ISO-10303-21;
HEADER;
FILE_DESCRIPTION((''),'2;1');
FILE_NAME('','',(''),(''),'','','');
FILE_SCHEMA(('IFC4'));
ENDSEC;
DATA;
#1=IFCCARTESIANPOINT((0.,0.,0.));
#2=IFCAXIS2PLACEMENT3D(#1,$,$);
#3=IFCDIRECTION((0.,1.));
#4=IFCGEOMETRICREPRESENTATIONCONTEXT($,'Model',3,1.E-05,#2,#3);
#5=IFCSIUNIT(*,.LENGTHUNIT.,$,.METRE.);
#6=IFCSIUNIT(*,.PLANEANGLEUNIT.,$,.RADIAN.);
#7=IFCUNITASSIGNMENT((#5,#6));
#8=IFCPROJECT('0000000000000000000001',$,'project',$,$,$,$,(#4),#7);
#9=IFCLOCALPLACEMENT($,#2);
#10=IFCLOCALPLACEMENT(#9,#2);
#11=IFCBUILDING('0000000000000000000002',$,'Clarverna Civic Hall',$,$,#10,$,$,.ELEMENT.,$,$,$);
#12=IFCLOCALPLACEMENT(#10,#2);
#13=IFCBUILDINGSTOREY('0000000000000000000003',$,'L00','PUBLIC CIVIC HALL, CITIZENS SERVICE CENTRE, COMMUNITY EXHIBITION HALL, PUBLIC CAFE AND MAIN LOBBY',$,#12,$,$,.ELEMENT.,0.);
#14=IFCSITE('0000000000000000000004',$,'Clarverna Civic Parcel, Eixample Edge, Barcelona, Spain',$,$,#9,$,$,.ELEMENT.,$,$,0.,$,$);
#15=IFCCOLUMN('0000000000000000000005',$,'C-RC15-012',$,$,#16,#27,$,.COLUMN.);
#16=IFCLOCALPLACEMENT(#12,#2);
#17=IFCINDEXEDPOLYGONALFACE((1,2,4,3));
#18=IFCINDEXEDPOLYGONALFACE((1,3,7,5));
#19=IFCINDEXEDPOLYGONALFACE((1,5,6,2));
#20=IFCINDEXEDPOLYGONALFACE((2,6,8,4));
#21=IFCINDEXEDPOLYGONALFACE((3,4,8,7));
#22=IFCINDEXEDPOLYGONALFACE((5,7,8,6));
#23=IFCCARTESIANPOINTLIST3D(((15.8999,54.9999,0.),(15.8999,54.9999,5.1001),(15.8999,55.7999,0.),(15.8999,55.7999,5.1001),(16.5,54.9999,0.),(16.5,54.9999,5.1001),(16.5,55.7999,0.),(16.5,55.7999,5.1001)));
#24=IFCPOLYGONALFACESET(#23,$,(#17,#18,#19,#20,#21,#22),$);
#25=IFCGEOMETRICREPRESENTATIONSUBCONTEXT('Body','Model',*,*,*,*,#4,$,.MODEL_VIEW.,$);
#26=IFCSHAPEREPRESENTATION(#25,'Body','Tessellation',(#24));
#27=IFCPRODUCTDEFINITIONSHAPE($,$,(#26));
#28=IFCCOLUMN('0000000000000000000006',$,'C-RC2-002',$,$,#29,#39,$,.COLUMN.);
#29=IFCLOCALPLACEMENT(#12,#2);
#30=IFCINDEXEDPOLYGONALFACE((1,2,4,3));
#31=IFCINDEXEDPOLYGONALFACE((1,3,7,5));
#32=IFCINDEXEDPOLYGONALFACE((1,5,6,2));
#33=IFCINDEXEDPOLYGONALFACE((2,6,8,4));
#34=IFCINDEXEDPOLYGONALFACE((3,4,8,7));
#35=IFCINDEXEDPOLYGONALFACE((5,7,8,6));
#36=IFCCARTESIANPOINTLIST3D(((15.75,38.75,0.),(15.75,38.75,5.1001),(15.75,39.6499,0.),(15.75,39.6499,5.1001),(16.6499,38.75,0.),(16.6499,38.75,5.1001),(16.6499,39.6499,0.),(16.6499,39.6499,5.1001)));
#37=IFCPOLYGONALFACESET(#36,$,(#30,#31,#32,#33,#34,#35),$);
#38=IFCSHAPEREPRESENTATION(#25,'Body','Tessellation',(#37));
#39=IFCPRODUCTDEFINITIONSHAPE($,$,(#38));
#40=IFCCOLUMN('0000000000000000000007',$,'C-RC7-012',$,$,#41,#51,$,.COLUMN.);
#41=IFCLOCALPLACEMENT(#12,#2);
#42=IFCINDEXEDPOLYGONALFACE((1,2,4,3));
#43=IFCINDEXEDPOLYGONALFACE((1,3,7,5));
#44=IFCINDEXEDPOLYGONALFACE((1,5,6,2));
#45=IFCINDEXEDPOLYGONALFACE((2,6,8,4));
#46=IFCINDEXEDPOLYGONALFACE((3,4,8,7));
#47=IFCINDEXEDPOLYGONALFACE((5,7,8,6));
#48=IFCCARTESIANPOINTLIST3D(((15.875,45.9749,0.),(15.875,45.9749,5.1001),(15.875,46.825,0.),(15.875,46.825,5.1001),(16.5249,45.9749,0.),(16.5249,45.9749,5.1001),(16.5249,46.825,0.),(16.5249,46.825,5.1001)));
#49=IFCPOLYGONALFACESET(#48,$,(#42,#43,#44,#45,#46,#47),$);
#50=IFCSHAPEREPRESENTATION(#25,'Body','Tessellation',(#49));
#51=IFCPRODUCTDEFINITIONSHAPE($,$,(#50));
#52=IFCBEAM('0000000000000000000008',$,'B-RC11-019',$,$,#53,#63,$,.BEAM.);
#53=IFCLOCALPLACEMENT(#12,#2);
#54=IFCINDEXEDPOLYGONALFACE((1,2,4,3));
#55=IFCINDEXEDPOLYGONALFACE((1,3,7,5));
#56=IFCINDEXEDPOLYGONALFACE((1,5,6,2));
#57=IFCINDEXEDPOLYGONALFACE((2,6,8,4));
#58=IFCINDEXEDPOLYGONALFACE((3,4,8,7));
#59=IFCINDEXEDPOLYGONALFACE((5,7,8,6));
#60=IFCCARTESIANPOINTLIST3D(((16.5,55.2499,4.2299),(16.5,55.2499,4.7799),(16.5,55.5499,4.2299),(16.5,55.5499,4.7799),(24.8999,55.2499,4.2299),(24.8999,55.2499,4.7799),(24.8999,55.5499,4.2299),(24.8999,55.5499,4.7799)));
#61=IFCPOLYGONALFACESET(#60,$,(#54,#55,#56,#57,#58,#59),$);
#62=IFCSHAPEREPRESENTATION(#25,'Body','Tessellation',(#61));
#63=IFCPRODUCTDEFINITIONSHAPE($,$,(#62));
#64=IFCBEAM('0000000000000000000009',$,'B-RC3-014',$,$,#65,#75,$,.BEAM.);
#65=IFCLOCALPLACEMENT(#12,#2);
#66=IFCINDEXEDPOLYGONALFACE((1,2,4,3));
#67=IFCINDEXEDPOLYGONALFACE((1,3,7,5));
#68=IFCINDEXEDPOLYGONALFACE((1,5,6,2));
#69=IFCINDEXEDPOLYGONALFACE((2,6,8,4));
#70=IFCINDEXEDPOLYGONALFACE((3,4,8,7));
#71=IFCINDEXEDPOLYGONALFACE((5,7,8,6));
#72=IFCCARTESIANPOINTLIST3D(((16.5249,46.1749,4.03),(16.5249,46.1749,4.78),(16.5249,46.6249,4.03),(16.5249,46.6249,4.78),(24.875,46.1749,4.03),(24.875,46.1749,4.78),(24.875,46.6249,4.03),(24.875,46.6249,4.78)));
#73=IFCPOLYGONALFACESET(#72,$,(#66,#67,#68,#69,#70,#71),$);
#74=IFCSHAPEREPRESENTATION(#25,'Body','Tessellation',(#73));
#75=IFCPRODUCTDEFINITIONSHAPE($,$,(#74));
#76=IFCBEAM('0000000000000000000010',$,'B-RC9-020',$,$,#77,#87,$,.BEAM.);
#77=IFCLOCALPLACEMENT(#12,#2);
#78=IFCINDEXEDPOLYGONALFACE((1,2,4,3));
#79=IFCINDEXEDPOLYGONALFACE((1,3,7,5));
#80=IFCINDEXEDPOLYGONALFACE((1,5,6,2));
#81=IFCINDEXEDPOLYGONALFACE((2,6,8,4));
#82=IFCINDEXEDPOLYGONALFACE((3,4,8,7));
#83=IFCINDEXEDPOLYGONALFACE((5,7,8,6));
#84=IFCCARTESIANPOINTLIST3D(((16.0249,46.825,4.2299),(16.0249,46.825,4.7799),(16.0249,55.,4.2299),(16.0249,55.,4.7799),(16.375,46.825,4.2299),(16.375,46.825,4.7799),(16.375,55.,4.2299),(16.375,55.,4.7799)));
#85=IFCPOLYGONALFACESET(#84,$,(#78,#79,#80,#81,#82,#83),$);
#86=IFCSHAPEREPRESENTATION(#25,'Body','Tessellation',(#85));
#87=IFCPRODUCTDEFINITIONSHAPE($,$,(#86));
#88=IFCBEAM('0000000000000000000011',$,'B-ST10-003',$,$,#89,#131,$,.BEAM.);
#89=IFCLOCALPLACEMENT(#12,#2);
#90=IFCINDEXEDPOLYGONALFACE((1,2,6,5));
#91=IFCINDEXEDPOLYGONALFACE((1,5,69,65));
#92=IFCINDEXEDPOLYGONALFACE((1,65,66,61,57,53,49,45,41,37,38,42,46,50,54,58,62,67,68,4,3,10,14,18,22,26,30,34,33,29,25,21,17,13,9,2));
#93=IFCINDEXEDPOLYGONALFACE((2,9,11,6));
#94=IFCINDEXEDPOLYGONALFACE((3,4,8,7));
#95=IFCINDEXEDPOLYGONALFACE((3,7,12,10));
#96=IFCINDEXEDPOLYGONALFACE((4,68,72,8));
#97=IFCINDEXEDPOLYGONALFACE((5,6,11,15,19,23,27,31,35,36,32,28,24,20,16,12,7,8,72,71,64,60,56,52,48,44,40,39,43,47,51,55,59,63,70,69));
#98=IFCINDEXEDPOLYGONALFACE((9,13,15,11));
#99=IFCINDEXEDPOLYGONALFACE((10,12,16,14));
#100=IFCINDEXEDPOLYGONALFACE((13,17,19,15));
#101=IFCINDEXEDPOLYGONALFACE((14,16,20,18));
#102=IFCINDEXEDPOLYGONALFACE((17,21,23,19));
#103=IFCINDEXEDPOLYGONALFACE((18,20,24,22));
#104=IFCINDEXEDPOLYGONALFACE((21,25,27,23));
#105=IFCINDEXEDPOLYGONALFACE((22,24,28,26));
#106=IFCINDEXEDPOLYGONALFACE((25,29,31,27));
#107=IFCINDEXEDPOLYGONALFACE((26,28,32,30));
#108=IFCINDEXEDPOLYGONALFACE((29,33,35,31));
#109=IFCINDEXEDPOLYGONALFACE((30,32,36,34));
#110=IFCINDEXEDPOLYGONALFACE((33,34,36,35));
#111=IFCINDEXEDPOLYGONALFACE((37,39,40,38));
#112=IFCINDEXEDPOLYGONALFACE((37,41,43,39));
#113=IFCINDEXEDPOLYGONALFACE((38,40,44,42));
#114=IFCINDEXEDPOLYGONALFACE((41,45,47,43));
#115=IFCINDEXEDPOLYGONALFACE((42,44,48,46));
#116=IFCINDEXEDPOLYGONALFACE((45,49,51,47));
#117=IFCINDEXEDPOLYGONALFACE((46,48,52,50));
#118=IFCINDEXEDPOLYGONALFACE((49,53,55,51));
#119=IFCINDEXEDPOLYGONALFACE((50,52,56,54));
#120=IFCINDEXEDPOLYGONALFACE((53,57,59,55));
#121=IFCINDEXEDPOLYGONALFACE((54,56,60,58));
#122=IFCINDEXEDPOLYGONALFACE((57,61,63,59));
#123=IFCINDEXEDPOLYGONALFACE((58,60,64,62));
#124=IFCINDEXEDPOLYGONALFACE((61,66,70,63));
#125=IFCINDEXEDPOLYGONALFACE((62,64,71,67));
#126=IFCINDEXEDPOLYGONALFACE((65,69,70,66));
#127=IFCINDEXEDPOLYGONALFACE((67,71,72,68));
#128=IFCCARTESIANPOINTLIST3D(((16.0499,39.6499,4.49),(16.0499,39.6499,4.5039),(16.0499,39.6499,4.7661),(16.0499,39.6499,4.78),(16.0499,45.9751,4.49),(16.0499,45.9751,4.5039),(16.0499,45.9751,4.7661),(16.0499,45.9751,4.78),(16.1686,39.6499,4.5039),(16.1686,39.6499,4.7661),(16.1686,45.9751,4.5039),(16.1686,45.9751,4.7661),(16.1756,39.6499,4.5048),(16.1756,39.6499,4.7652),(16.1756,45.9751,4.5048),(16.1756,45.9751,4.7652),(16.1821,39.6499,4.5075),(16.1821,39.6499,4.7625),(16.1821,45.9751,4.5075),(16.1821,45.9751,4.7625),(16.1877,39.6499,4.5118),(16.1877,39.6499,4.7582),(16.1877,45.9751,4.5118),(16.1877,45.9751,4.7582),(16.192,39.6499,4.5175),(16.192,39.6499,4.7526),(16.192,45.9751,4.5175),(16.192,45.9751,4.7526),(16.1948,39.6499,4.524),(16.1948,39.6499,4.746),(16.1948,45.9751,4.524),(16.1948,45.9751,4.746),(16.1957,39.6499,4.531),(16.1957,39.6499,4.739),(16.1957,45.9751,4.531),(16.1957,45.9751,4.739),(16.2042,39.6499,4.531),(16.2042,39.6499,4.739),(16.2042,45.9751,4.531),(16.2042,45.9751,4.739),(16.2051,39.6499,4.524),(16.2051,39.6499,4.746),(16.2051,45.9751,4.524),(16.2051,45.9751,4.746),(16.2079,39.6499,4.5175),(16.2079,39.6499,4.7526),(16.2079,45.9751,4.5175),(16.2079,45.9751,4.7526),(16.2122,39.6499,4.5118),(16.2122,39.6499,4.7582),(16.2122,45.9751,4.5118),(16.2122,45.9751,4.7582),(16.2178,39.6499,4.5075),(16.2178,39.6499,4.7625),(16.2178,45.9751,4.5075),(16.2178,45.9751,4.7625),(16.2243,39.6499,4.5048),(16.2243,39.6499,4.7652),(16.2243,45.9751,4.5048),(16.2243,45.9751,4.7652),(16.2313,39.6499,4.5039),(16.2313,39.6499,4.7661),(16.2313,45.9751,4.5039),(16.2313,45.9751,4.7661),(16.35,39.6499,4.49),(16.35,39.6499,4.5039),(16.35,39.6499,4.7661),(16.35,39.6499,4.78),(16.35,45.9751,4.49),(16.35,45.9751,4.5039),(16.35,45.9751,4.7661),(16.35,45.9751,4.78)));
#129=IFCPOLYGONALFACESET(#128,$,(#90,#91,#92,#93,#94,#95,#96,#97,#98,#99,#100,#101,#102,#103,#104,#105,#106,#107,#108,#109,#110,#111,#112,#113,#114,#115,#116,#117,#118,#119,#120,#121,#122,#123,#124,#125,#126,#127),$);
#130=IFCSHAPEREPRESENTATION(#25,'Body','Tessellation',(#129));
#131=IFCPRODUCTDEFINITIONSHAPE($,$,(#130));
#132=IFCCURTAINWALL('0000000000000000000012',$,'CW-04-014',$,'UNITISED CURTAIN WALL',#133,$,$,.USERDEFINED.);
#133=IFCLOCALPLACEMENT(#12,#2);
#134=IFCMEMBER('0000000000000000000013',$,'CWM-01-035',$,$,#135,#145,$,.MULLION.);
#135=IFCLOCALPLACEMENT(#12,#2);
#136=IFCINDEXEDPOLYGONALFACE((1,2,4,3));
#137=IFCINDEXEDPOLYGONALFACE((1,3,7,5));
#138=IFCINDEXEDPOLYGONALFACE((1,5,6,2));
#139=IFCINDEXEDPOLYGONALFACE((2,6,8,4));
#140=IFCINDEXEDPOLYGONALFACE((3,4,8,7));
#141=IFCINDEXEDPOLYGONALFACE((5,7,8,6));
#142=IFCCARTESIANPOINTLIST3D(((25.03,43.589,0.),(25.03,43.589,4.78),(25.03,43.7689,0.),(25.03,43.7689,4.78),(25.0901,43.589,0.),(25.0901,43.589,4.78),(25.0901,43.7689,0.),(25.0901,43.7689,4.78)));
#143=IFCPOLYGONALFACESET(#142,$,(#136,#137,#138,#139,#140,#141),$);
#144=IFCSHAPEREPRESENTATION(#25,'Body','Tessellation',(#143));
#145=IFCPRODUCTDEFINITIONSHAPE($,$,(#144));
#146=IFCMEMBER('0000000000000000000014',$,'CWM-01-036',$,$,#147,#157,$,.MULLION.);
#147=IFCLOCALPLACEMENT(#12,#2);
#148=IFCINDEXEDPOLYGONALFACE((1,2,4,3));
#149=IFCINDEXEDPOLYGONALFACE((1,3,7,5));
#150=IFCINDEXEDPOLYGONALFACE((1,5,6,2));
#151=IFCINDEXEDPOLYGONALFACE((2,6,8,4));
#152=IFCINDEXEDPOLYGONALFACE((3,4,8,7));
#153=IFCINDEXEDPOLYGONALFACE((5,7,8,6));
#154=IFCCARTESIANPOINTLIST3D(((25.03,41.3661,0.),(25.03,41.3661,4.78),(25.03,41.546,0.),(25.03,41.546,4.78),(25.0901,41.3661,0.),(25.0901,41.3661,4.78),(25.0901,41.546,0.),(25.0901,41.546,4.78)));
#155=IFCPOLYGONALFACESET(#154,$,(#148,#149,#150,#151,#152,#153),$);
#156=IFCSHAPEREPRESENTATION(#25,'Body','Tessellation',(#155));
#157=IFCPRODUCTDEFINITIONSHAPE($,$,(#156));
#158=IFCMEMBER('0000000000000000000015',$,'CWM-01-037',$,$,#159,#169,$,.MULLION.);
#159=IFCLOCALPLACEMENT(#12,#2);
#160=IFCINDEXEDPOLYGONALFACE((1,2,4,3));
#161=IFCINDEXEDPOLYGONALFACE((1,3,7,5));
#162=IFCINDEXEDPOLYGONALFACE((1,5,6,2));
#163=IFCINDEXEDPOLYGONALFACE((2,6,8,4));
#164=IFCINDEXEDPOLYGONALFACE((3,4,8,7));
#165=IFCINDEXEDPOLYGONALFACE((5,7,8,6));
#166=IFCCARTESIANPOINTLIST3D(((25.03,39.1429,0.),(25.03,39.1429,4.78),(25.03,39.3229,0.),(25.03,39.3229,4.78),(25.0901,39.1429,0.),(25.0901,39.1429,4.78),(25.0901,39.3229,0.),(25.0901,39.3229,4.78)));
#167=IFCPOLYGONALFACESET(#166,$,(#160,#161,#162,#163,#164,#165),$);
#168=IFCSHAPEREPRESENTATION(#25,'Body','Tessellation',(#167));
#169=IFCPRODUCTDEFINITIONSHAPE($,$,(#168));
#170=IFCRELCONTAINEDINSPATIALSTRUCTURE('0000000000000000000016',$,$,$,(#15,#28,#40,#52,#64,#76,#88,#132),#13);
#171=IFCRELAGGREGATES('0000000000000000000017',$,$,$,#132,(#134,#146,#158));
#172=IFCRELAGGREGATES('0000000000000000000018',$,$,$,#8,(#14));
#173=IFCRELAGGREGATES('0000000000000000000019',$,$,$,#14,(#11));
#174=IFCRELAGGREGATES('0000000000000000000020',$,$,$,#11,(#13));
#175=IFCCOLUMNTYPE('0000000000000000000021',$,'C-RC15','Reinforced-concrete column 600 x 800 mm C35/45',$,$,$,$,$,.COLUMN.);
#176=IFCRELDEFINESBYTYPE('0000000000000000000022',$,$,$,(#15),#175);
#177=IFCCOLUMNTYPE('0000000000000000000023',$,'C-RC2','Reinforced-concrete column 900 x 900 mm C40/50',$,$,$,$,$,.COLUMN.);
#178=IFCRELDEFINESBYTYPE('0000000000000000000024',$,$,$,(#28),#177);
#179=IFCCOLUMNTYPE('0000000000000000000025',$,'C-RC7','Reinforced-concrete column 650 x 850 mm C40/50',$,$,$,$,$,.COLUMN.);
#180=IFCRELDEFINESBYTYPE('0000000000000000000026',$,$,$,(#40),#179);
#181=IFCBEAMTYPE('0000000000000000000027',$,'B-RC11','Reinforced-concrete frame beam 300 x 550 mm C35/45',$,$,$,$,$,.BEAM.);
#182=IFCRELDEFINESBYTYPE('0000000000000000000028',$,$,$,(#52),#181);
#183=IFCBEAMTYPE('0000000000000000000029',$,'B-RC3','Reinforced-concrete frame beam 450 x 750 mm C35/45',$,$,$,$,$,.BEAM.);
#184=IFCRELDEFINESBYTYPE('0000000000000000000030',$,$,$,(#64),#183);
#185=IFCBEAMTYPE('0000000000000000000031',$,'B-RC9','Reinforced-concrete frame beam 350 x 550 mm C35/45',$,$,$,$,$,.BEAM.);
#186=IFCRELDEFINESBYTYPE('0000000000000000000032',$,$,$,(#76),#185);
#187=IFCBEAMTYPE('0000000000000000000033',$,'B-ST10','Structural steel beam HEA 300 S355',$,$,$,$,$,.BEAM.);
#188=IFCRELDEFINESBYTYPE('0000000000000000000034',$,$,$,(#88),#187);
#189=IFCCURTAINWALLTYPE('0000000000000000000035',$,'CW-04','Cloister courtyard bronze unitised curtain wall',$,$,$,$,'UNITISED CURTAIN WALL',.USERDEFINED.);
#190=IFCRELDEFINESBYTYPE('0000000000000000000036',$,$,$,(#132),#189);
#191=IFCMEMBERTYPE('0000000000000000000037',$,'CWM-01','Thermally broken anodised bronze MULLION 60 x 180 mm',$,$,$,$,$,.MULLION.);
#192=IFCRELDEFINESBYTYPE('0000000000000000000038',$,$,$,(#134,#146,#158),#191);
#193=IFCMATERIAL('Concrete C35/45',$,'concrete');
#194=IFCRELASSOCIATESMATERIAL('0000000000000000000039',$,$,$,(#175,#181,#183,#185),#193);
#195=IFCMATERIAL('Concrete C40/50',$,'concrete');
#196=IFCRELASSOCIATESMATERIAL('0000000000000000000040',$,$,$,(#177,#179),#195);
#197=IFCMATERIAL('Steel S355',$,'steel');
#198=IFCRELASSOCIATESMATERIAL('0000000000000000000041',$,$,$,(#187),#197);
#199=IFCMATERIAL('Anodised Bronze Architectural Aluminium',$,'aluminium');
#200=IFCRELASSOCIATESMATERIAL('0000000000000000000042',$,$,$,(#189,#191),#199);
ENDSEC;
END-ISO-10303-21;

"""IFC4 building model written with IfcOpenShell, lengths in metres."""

from ifc_helpers import new_model, si_unit, direction, frame, origin, origin_2d, place, context, subcontext, project, spatial, rectangle, i_section, extrude, material, material_profile, profile_set, type_object, element, aggregate, save


model = new_model("IFC4")

# Units and contexts
model_context = context("Model", 3, precision=1e-05, world=origin(), true_north=direction((0.0, 1.0)))
body_context = subcontext(model_context, "Body", "Model", "MODEL_VIEW")
ifc_project = project(units=[si_unit("LENGTHUNIT", "METRE"), si_unit("PLANEANGLEUNIT", "RADIAN")], contexts=[model_context])

# Site, building, storey
site_placement = place(None, origin())
site = spatial("IfcSite", under=ifc_project, at=site_placement, Name="Clarverna Civic Parcel, Eixample Edge, Barcelona, Spain", CompositionType="ELEMENT", RefElevation=0.0)
building_placement = place(site_placement, origin())
building = spatial("IfcBuilding", under=site, at=building_placement, Name="Clarverna Civic Hall", CompositionType="ELEMENT")
storey_placement = place(building_placement, origin())
storey = spatial("IfcBuildingStorey", under=building, at=storey_placement, Name="L00", Description="PUBLIC CIVIC HALL, CITIZENS SERVICE CENTRE, COMMUNITY EXHIBITION HALL, PUBLIC CAFE AND MAIN LOBBY", CompositionType="ELEMENT", Elevation=0.0)

# Columns
ifc_material_1 = material(Name="Concrete C35/45", Category="concrete")
ifc_material_profile_1 = material_profile(ifc_material_1, rectangle(XDim=0.6001, YDim=0.8, at=origin_2d()), Name="RC 600x800")
ifc_profile_set_1 = profile_set([ifc_material_profile_1], Name="Concrete C35/45")
column_type_1 = type_object("IfcColumnType", Name="C-RC15", Description="Reinforced-concrete column 600 x 800 mm C35/45", PredefinedType="COLUMN", material=ifc_profile_set_1)
column_1_placement = place(storey_placement, frame((16.2, 55.3999, 0.0), z_axis=(0.0, 0.0, 1.0), x_axis=(1.0, 0.0, 0.0)))
element("IfcColumn", 1, at=column_1_placement, inside=storey, type_object=column_type_1, Name="C-RC15-012", PredefinedType="COLUMN", context=body_context, shape_type="SweptSolid", body=[
    extrude(rectangle(XDim=0.6001, YDim=0.8, at=origin_2d()), origin(), (0.0, 0.0, 1.0), 5.1001),
])
ifc_material_2 = material(Name="Concrete C40/50", Category="concrete")
ifc_material_profile_2 = material_profile(ifc_material_2, rectangle(XDim=0.8999, YDim=0.8999, at=origin_2d()), Name="RC 900x900")
ifc_profile_set_2 = profile_set([ifc_material_profile_2], Name="Concrete C40/50")
column_type_2 = type_object("IfcColumnType", Name="C-RC2", Description="Reinforced-concrete column 900 x 900 mm C40/50", PredefinedType="COLUMN", material=ifc_profile_set_2)
column_2_placement = place(storey_placement, frame((16.2, 39.2, 0.0), z_axis=(0.0, 0.0, 1.0), x_axis=(1.0, 0.0, 0.0)))
element("IfcColumn", 2, at=column_2_placement, inside=storey, type_object=column_type_2, Name="C-RC2-002", PredefinedType="COLUMN", context=body_context, shape_type="SweptSolid", body=[
    extrude(rectangle(XDim=0.8999, YDim=0.8999, at=origin_2d()), origin(), (0.0, 0.0, 1.0), 5.1001),
])
ifc_material_profile_3 = material_profile(ifc_material_2, rectangle(XDim=0.6499, YDim=0.8501, at=origin_2d()), Name="RC 650x850")
ifc_profile_set_3 = profile_set([ifc_material_profile_3], Name="Concrete C40/50")
column_type_3 = type_object("IfcColumnType", Name="C-RC7", Description="Reinforced-concrete column 650 x 850 mm C40/50", PredefinedType="COLUMN", material=ifc_profile_set_3)
column_3_placement = place(storey_placement, frame((16.2, 46.3999, 0.0), z_axis=(0.0, 0.0, 1.0), x_axis=(1.0, 0.0, 0.0)))
element("IfcColumn", 3, at=column_3_placement, inside=storey, type_object=column_type_3, Name="C-RC7-012", PredefinedType="COLUMN", context=body_context, shape_type="SweptSolid", body=[
    extrude(rectangle(XDim=0.6499, YDim=0.8501, at=origin_2d()), origin(), (0.0, 0.0, 1.0), 5.1001),
])

# Beams
ifc_material_profile_4 = material_profile(ifc_material_1, rectangle(XDim=0.3, YDim=0.55, at=origin_2d()), Name="RC 300x550")
ifc_profile_set_4 = profile_set([ifc_material_profile_4], Name="Concrete C35/45")
beam_type_1 = type_object("IfcBeamType", Name="B-RC11", Description="Reinforced-concrete frame beam 300 x 550 mm C35/45", PredefinedType="BEAM", material=ifc_profile_set_4)
beam_1_placement = place(storey_placement, frame((16.5, 55.3999, 4.5049), z_axis=(1.0, 0.0, 0.0), x_axis=(0.0, 1.0, 0.0)))
element("IfcBeam", 4, at=beam_1_placement, inside=storey, type_object=beam_type_1, Name="B-RC11-019", PredefinedType="BEAM", context=body_context, shape_type="SweptSolid", body=[
    extrude(rectangle(XDim=0.3, YDim=0.55, at=origin_2d()), origin(), (0.0, 0.0, 1.0), 8.3999),
])
ifc_material_profile_5 = material_profile(ifc_material_1, rectangle(XDim=0.45, YDim=0.75, at=origin_2d()), Name="RC 450x750")
ifc_profile_set_5 = profile_set([ifc_material_profile_5], Name="Concrete C35/45")
beam_type_2 = type_object("IfcBeamType", Name="B-RC3", Description="Reinforced-concrete frame beam 450 x 750 mm C35/45", PredefinedType="BEAM", material=ifc_profile_set_5)
beam_2_placement = place(storey_placement, frame((16.5249, 46.3999, 4.405), z_axis=(1.0, 0.0, 0.0), x_axis=(0.0, 1.0, 0.0)))
element("IfcBeam", 5, at=beam_2_placement, inside=storey, type_object=beam_type_2, Name="B-RC3-014", PredefinedType="BEAM", context=body_context, shape_type="SweptSolid", body=[
    extrude(rectangle(XDim=0.45, YDim=0.75, at=origin_2d()), origin(), (0.0, 0.0, 1.0), 8.3501),
])
ifc_material_profile_6 = material_profile(ifc_material_1, rectangle(XDim=0.3501, YDim=0.55, at=origin_2d()), Name="RC 350x550")
ifc_profile_set_6 = profile_set([ifc_material_profile_6], Name="Concrete C35/45")
beam_type_3 = type_object("IfcBeamType", Name="B-RC9", Description="Reinforced-concrete frame beam 350 x 550 mm C35/45", PredefinedType="BEAM", material=ifc_profile_set_6)
beam_3_placement = place(storey_placement, frame((16.2, 46.825, 4.5049), z_axis=(0.0, 1.0, 0.0), x_axis=(-1.0, 0.0, 0.0)))
element("IfcBeam", 6, at=beam_3_placement, inside=storey, type_object=beam_type_3, Name="B-RC9-020", PredefinedType="BEAM", context=body_context, shape_type="SweptSolid", body=[
    extrude(rectangle(XDim=0.3501, YDim=0.55, at=origin_2d()), origin(), (0.0, 0.0, 1.0), 8.175),
])
ifc_material_3 = material(Name="Steel S355", Category="steel")
ifc_material_profile_7 = material_profile(ifc_material_3, i_section(OverallWidth=0.3, OverallDepth=0.29, WebThickness=0.0085, FlangeThickness=0.0139, FilletRadius=0.0271, at=origin_2d()), Name="HEA 300")
ifc_profile_set_7 = profile_set([ifc_material_profile_7], Name="Steel S355")
beam_type_4 = type_object("IfcBeamType", Name="B-ST10", Description="Structural steel beam HEA 300 S355", PredefinedType="BEAM", material=ifc_profile_set_7)
beam_4_placement = place(storey_placement, frame((16.2, 39.6499, 4.635), z_axis=(0.0, 1.0, 0.0), x_axis=(-1.0, 0.0, 0.0)))
element("IfcBeam", 7, at=beam_4_placement, inside=storey, type_object=beam_type_4, Name="B-ST10-003", PredefinedType="BEAM", context=body_context, shape_type="SweptSolid", body=[
    extrude(i_section(OverallWidth=0.3, OverallDepth=0.29, WebThickness=0.0085, FlangeThickness=0.0139, FilletRadius=0.0271, at=origin_2d()), origin(), (0.0, 0.0, 1.0), 6.3252),
])

# Curtain wall, members
ifc_material_4 = material(Name="Anodised Bronze Architectural Aluminium", Category="aluminium")
curtain_wall_type = type_object("IfcCurtainWallType", Name="CW-04", Description="Cloister courtyard bronze unitised curtain wall", ElementType="UNITISED CURTAIN WALL", PredefinedType="USERDEFINED", material=ifc_material_4)
curtain_wall_1_placement = place(storey_placement, origin())
curtain_wall_1 = element("IfcCurtainWall", 8, at=curtain_wall_1_placement, inside=storey, type_object=curtain_wall_type, Name="CW-04-014", ObjectType="UNITISED CURTAIN WALL", PredefinedType="USERDEFINED")
ifc_material_profile_8 = material_profile(ifc_material_4, rectangle(XDim=0.0601, YDim=0.1799, at=origin_2d()), Name="BRONZE 60x180")
ifc_profile_set_8 = profile_set([ifc_material_profile_8], Name="Anodised Bronze Architectural Aluminium")
member_type_1 = type_object("IfcMemberType", Name="CWM-01", Description="Thermally broken anodised bronze MULLION 60 x 180 mm", PredefinedType="MULLION", material=ifc_profile_set_8)
member_1_placement = place(storey_placement, frame((25.0601, 43.679, 0.0), z_axis=(0.0, 0.0, 1.0), x_axis=(1.0, 0.0, 0.0)))
member_1 = element("IfcMember", 9, at=member_1_placement, type_object=member_type_1, Name="CWM-01-035", PredefinedType="MULLION", context=body_context, shape_type="SweptSolid", body=[
    extrude(rectangle(XDim=0.0601, YDim=0.1799, at=origin_2d()), origin(), (0.0, 0.0, 1.0), 4.78),
])
member_2_placement = place(storey_placement, frame((25.0601, 41.4561, 0.0), z_axis=(0.0, 0.0, 1.0), x_axis=(1.0, 0.0, 0.0)))
member_2 = element("IfcMember", 10, at=member_2_placement, type_object=member_type_1, Name="CWM-01-036", PredefinedType="MULLION", context=body_context, shape_type="SweptSolid", body=[
    extrude(rectangle(XDim=0.0601, YDim=0.1799, at=origin_2d()), origin(), (0.0, 0.0, 1.0), 4.78),
])
member_3_placement = place(storey_placement, frame((25.0601, 39.2329, 0.0), z_axis=(0.0, 0.0, 1.0), x_axis=(1.0, 0.0, 0.0)))
member_3 = element("IfcMember", 11, at=member_3_placement, type_object=member_type_1, Name="CWM-01-037", PredefinedType="MULLION", context=body_context, shape_type="SweptSolid", body=[
    extrude(rectangle(XDim=0.0601, YDim=0.1799, at=origin_2d()), origin(), (0.0, 0.0, 1.0), 4.78),
])

aggregate(curtain_wall_1, [member_1, member_2, member_3])

save(model, "model.ifc")
